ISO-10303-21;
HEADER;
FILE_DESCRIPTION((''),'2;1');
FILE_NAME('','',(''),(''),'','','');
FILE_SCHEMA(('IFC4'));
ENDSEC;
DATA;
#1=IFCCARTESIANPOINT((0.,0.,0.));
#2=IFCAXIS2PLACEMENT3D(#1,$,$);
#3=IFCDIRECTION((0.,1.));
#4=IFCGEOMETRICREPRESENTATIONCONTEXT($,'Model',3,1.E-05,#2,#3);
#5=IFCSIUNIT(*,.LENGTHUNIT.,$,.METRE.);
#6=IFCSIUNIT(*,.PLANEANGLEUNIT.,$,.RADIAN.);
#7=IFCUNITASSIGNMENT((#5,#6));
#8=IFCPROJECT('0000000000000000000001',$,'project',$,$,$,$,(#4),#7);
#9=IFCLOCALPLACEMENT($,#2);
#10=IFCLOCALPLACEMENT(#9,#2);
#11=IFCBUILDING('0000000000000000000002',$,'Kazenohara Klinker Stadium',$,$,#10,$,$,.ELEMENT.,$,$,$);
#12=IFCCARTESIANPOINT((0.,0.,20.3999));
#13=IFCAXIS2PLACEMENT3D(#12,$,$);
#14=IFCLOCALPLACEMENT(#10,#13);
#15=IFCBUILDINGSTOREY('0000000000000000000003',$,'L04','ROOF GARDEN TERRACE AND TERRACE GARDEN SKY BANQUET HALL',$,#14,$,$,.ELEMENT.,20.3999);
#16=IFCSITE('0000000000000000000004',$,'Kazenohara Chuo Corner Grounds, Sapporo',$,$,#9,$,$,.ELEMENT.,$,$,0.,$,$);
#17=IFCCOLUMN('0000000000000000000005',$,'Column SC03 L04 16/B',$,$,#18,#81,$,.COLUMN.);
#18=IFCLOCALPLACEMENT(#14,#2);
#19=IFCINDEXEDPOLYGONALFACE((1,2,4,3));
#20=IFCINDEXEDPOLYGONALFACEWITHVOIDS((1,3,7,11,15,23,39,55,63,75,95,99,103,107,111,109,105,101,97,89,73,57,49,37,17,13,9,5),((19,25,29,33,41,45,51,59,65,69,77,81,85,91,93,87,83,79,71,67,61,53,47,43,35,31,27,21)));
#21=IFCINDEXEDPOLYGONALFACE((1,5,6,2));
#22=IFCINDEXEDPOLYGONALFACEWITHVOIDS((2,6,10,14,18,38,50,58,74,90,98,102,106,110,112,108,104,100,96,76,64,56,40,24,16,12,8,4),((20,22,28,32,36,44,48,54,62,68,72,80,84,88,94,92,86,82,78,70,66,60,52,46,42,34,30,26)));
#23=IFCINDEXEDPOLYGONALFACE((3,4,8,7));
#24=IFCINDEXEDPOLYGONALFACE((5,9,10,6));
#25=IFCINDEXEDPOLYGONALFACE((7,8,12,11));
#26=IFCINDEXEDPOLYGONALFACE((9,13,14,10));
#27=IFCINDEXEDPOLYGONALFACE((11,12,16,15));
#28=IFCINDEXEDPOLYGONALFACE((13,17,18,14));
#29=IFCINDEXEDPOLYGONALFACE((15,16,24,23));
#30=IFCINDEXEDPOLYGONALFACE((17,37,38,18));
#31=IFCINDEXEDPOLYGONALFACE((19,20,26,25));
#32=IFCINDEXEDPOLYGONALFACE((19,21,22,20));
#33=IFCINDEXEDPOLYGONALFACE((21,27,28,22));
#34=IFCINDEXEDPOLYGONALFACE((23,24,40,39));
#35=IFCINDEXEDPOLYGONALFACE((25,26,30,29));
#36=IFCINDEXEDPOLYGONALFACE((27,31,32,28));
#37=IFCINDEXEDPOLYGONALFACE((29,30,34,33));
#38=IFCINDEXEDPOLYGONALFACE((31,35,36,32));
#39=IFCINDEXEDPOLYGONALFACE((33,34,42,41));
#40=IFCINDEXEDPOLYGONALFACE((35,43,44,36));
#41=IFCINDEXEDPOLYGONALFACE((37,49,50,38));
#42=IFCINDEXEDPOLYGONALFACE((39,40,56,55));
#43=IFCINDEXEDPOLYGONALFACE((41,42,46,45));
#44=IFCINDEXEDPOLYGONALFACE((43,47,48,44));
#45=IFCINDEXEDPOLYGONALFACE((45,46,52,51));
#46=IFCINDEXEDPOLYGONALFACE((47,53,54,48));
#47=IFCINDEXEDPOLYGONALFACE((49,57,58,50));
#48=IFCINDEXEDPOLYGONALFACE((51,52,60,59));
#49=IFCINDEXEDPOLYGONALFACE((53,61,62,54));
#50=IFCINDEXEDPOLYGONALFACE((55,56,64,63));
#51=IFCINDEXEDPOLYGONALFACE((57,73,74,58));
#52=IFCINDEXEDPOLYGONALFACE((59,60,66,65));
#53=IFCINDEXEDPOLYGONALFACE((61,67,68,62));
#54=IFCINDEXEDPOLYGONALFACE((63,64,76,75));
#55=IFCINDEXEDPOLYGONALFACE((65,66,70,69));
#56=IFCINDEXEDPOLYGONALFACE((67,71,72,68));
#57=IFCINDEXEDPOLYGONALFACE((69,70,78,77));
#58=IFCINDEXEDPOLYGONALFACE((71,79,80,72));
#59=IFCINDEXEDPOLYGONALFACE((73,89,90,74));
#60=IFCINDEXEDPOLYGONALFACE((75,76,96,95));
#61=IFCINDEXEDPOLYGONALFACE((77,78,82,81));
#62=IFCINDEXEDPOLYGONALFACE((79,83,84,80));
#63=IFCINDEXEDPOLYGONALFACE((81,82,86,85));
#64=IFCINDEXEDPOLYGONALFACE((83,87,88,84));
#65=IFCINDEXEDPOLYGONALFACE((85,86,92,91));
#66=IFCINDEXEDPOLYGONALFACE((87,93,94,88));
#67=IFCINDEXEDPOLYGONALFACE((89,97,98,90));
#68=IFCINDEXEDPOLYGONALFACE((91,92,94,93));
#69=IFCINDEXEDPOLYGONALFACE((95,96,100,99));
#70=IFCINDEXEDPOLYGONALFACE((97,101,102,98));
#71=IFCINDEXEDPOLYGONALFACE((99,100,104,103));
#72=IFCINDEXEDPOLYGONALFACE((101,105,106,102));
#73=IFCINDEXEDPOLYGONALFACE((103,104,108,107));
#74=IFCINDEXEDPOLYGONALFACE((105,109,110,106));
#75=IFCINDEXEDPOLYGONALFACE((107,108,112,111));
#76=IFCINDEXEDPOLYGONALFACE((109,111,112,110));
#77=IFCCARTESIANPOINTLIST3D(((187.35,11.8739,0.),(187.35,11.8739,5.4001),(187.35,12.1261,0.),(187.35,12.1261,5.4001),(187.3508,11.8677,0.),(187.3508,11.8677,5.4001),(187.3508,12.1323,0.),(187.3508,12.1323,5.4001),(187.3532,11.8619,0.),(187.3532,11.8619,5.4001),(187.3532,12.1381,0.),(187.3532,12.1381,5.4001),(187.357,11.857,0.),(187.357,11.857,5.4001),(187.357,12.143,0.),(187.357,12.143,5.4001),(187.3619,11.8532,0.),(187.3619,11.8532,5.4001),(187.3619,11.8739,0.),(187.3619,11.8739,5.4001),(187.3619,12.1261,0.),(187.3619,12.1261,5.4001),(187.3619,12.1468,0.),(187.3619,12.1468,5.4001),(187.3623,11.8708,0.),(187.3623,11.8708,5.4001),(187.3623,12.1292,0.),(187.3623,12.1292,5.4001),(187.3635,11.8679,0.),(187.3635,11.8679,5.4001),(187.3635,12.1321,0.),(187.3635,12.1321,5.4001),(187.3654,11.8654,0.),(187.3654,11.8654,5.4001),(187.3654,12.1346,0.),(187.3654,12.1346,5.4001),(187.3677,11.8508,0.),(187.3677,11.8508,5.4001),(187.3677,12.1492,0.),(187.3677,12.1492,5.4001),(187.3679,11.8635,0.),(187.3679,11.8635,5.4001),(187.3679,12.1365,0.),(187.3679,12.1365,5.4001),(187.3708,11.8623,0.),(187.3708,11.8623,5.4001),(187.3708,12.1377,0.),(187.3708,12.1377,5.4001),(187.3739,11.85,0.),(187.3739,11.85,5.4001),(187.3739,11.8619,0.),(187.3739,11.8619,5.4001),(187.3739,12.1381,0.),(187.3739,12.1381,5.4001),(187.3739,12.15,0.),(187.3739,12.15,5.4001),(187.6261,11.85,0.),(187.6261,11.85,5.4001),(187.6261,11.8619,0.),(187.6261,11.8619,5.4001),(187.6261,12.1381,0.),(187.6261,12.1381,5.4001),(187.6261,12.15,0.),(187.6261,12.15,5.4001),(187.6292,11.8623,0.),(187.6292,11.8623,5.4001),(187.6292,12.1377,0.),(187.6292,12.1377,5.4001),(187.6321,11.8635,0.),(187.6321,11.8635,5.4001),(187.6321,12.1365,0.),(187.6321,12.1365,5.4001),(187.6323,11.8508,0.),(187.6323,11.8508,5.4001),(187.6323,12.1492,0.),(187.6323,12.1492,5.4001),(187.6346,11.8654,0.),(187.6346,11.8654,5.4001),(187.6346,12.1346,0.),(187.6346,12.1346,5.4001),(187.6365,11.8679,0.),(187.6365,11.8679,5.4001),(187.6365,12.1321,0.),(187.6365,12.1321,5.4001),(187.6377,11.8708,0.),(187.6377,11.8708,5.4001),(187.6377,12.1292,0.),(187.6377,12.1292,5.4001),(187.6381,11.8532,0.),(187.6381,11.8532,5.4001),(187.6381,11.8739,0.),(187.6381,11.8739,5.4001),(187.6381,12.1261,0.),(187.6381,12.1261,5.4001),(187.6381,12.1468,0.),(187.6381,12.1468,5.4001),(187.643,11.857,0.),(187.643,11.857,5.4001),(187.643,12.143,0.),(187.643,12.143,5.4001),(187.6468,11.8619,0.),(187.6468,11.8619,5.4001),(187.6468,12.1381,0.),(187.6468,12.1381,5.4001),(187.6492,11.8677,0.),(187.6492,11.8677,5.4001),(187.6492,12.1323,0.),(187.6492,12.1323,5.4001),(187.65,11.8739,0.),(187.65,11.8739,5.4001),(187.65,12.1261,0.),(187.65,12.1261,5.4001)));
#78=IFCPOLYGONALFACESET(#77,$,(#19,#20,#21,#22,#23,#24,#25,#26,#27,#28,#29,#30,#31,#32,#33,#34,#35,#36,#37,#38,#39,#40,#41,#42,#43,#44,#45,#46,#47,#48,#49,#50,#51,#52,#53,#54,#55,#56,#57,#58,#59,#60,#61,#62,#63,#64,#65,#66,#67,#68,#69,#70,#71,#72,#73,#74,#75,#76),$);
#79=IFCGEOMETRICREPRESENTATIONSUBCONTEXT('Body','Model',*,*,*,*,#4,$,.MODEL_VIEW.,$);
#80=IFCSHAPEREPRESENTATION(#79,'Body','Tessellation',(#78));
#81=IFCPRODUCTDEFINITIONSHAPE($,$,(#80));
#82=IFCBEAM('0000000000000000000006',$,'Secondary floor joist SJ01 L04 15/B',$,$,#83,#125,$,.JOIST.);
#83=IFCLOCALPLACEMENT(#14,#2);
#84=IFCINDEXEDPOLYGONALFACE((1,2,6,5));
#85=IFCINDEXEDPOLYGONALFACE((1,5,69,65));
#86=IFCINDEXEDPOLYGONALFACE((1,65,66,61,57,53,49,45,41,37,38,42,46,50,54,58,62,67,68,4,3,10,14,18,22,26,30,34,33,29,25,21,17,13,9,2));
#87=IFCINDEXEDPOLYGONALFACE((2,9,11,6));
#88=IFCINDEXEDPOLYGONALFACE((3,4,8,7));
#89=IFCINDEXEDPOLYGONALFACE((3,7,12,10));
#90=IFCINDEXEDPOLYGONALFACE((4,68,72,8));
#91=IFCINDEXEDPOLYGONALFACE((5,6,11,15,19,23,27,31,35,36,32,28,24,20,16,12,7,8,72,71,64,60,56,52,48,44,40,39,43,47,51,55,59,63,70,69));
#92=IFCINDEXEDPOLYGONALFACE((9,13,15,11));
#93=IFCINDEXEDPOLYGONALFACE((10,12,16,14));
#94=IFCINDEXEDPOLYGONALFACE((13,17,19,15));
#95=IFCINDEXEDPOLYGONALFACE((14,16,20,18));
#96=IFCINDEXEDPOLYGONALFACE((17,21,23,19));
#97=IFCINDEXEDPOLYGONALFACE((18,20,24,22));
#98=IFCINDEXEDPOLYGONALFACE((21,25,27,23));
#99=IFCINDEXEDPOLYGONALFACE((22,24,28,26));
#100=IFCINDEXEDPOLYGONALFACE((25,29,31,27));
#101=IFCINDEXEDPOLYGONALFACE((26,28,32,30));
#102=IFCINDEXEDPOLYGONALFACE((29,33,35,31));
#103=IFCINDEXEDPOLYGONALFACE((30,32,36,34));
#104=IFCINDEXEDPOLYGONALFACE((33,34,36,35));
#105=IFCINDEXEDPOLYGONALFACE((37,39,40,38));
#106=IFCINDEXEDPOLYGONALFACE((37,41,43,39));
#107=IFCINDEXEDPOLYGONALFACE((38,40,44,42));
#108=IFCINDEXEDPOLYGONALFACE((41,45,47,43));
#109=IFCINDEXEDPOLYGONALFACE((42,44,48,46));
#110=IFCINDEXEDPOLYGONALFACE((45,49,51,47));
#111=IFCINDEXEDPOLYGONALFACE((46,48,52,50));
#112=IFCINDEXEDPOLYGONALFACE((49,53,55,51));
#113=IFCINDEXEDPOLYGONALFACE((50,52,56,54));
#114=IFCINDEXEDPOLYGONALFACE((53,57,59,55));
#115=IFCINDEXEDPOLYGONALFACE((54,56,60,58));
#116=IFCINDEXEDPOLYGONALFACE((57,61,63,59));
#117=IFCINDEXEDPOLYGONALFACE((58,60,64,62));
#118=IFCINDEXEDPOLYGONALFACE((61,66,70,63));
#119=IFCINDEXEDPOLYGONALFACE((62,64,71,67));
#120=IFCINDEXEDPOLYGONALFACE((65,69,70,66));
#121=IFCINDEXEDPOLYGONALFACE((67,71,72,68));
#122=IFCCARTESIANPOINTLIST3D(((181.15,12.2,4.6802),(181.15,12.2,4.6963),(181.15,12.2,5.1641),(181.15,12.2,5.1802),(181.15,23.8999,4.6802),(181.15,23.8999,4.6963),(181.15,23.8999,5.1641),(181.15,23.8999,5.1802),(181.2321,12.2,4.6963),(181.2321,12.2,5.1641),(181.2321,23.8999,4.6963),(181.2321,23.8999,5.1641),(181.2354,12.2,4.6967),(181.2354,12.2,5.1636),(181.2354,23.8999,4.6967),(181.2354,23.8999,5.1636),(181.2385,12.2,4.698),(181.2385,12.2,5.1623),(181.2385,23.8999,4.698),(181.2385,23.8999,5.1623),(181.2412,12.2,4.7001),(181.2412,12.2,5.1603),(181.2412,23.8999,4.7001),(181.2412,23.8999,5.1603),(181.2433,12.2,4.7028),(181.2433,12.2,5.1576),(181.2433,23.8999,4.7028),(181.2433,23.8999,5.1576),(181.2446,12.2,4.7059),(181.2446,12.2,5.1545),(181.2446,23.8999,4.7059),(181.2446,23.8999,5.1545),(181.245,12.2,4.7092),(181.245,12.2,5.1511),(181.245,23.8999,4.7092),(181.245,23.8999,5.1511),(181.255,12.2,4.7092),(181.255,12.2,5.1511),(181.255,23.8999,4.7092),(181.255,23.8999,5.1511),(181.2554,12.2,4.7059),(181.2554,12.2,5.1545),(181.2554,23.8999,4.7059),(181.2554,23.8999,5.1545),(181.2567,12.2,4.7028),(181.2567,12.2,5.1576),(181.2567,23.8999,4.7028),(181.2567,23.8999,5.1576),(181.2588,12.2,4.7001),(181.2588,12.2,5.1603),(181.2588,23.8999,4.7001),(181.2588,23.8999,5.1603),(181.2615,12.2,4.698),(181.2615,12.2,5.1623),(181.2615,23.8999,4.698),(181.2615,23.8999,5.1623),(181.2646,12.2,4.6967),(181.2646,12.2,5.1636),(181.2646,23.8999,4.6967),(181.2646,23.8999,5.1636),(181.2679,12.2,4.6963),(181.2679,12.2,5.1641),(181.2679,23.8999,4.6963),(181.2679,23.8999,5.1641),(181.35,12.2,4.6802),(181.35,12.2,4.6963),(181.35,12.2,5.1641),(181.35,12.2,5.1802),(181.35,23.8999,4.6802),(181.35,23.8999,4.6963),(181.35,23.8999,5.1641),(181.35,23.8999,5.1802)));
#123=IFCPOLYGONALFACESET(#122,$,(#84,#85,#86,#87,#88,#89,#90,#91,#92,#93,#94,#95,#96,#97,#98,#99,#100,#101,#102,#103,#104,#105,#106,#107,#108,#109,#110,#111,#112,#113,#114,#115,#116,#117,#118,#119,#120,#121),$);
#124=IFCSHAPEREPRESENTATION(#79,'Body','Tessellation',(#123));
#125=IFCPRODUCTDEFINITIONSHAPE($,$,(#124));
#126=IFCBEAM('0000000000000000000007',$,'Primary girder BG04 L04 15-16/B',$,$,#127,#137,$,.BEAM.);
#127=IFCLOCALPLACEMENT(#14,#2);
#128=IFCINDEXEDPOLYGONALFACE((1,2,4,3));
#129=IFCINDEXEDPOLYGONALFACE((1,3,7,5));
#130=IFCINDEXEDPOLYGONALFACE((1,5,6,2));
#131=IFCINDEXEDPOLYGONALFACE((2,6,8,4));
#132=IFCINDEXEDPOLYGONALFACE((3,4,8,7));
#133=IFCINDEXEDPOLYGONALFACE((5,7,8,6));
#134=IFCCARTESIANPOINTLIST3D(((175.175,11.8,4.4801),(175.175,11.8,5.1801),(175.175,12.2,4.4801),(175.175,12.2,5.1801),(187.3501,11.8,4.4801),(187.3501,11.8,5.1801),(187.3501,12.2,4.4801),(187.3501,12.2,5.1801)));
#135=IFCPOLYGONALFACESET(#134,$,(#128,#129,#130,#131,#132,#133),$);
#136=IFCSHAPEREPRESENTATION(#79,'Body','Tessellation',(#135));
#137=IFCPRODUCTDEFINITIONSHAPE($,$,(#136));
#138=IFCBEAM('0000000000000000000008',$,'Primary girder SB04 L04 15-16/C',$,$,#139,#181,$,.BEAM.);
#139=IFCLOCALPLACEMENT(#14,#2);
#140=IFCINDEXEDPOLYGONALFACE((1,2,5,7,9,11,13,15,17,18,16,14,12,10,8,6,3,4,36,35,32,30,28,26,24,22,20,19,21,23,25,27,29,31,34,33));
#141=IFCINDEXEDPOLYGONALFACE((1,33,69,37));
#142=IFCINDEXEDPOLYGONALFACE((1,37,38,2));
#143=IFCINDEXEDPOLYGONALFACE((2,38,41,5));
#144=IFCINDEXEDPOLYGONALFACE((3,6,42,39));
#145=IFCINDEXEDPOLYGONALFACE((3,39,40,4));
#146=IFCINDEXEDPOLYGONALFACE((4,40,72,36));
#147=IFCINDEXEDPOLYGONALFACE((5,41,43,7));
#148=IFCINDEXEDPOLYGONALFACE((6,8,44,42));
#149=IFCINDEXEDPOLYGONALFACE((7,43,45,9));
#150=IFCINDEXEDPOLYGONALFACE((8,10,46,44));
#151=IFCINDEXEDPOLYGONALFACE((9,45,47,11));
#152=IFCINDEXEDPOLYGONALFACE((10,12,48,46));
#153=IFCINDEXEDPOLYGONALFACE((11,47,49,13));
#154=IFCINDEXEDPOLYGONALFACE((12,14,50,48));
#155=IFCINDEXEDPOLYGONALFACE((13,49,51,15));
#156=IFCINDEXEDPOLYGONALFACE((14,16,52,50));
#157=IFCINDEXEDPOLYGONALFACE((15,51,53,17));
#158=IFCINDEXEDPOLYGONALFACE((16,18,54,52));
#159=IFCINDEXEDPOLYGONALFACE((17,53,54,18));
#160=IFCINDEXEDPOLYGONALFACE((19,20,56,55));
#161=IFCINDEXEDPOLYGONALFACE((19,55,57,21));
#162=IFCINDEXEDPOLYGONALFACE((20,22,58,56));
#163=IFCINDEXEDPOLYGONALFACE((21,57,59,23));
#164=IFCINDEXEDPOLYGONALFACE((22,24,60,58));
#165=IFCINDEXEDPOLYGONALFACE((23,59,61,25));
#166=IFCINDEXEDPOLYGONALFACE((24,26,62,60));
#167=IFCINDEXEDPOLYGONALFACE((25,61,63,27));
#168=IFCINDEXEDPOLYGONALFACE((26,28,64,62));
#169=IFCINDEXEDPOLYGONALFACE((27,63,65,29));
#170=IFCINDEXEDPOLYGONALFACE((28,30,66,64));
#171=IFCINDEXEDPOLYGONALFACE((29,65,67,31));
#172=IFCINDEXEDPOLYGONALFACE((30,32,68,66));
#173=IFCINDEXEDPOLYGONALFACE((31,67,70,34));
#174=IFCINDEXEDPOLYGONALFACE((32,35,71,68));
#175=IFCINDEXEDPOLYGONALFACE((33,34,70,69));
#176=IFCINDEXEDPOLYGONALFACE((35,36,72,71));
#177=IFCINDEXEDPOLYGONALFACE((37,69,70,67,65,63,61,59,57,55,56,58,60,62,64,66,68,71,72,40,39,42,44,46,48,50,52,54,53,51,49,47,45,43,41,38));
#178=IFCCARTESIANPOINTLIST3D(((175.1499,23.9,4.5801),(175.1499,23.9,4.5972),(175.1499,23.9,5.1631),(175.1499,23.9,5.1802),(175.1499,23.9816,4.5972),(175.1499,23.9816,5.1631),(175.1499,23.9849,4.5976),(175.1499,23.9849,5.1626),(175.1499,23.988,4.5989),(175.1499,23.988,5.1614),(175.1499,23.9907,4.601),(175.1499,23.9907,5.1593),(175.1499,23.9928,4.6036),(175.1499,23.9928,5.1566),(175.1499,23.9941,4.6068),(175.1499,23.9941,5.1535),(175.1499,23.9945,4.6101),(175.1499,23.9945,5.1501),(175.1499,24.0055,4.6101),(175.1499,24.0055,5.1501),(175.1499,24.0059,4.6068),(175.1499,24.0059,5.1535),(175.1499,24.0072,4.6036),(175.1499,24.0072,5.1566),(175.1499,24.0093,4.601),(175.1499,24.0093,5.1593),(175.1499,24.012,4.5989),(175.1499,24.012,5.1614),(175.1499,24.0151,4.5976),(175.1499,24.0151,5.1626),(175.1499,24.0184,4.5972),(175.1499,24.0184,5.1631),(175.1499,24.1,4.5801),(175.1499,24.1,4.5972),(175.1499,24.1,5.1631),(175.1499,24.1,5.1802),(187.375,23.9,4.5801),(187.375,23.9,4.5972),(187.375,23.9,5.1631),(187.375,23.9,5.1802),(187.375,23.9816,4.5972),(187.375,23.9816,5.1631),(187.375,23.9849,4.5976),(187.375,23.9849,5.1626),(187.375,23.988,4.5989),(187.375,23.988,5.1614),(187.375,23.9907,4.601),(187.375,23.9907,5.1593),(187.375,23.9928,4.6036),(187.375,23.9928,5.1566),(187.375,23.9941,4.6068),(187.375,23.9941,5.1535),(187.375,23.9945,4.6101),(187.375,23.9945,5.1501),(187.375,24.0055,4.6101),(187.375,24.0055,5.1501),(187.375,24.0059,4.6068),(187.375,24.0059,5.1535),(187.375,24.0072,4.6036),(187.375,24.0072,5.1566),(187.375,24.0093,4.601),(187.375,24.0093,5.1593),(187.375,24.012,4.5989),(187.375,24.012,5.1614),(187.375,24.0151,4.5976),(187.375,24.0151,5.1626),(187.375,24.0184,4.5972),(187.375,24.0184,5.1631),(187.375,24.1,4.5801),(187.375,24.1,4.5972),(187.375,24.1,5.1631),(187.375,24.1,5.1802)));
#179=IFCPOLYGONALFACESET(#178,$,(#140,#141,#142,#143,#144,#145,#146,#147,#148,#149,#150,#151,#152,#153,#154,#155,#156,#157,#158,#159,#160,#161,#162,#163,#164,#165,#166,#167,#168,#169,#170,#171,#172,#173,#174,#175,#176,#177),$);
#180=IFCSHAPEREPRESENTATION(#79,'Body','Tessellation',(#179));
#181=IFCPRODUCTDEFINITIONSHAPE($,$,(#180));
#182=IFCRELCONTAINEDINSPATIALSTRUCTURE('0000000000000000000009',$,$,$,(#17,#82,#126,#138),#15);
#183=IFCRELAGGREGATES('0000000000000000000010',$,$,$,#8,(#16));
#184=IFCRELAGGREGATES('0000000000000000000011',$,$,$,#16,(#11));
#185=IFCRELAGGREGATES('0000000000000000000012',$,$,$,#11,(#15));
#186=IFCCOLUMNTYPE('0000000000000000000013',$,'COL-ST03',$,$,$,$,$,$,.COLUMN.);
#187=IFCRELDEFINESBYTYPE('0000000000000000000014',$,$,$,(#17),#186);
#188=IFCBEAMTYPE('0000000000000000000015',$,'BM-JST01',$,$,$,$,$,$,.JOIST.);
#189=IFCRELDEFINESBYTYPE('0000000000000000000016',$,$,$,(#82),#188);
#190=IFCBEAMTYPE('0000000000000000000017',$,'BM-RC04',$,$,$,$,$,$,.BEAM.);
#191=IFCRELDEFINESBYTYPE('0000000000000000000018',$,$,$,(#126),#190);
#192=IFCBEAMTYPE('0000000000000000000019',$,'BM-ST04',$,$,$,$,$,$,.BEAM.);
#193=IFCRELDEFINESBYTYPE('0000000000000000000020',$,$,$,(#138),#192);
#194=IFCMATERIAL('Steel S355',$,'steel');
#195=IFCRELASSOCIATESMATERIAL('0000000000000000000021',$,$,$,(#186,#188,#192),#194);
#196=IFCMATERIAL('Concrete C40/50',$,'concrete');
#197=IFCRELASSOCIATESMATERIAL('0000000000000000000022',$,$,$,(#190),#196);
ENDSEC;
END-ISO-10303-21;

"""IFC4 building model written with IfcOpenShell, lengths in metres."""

from ifc_helpers import new_model, si_unit, direction, frame, origin, origin_2d, place, context, subcontext, project, spatial, rectangle, hollow_rectangle, i_section, extrude, material, material_profile, profile_set, type_object, element, save


model = new_model("IFC4")

# Units and contexts
model_context = context("Model", 3, precision=1e-05, world=origin(), true_north=direction((0.0, 1.0)))
body_context = subcontext(model_context, "Body", "Model", "MODEL_VIEW")
ifc_project = project(units=[si_unit("LENGTHUNIT", "METRE"), si_unit("PLANEANGLEUNIT", "RADIAN")], contexts=[model_context])

# Site, building, storey
site_placement = place(None, origin())
site = spatial("IfcSite", under=ifc_project, at=site_placement, Name="Kazenohara Chuo Corner Grounds, Sapporo", CompositionType="ELEMENT", RefElevation=0.0)
building_placement = place(site_placement, origin())
building = spatial("IfcBuilding", under=site, at=building_placement, Name="Kazenohara Klinker Stadium", CompositionType="ELEMENT")
storey_placement = place(building_placement, frame((0.0, 0.0, 20.3999)))
storey = spatial("IfcBuildingStorey", under=building, at=storey_placement, Name="L04", Description="ROOF GARDEN TERRACE AND TERRACE GARDEN SKY BANQUET HALL", CompositionType="ELEMENT", Elevation=20.3999)

# Column
ifc_material_1 = material(Name="Steel S355", Category="steel")
ifc_material_profile_1 = material_profile(ifc_material_1, hollow_rectangle(XDim=0.3, YDim=0.3, WallThickness=0.012, InnerFilletRadius=0.012, OuterFilletRadius=0.0239, at=origin_2d()), Name="SHS-300x300x12")
ifc_profile_set_1 = profile_set([ifc_material_profile_1], Name="Steel S355")
column_type = type_object("IfcColumnType", Name="COL-ST03", PredefinedType="COLUMN", material=ifc_profile_set_1)
column_placement = place(storey_placement, frame((187.5, 12.0, 0.0), z_axis=(0.0, 0.0, 1.0), x_axis=(1.0, 0.0, 0.0)))
element("IfcColumn", 1, at=column_placement, inside=storey, type_object=column_type, Name="Column SC03 L04 16/B", PredefinedType="COLUMN", context=body_context, shape_type="SweptSolid", body=[
    extrude(hollow_rectangle(XDim=0.3, YDim=0.3, WallThickness=0.012, InnerFilletRadius=0.012, OuterFilletRadius=0.0239, at=origin_2d()), origin(), (0.0, 0.0, 1.0), 5.4001),
])

# Beams
ifc_material_profile_2 = material_profile(ifc_material_1, i_section(OverallWidth=0.2, OverallDepth=0.5, WebThickness=0.01, FlangeThickness=0.0161, FilletRadius=0.0129, at=origin_2d()), Name="H-500x200x10x16")
ifc_profile_set_2 = profile_set([ifc_material_profile_2], Name="Steel S355")
beam_type_1 = type_object("IfcBeamType", Name="BM-JST01", PredefinedType="JOIST", material=ifc_profile_set_2)
beam_1_placement = place(storey_placement, frame((181.25, 12.2, 4.9302), z_axis=(0.0, 1.0, 0.0), x_axis=(-1.0, 0.0, 0.0)))
element("IfcBeam", 2, at=beam_1_placement, inside=storey, type_object=beam_type_1, Name="Secondary floor joist SJ01 L04 15/B", PredefinedType="JOIST", context=body_context, shape_type="SweptSolid", body=[
    extrude(i_section(OverallWidth=0.2, OverallDepth=0.5, WebThickness=0.01, FlangeThickness=0.0161, FilletRadius=0.0129, at=origin_2d()), origin(), (0.0, 0.0, 1.0), 11.7),
])
ifc_material_2 = material(Name="Concrete C40/50", Category="concrete")
ifc_material_profile_3 = material_profile(ifc_material_2, rectangle(XDim=0.3999, YDim=0.7, at=origin_2d()), Name="RC-BM-400x700")
ifc_profile_set_3 = profile_set([ifc_material_profile_3], Name="Concrete C40/50")
beam_type_2 = type_object("IfcBeamType", Name="BM-RC04", PredefinedType="BEAM", material=ifc_profile_set_3)
beam_2_placement = place(storey_placement, frame((175.175, 12.0, 4.8301), z_axis=(1.0, 0.0, 0.0), x_axis=(0.0, 1.0, 0.0)))
element("IfcBeam", 3, at=beam_2_placement, inside=storey, type_object=beam_type_2, Name="Primary girder BG04 L04 15-16/B", PredefinedType="BEAM", context=body_context, shape_type="SweptSolid", body=[
    extrude(rectangle(XDim=0.3999, YDim=0.7, at=origin_2d()), origin(), (0.0, 0.0, 1.0), 12.175),
])
ifc_material_profile_4 = material_profile(ifc_material_1, i_section(OverallWidth=0.2, OverallDepth=0.6001, WebThickness=0.011, FlangeThickness=0.0171, FilletRadius=0.0129, at=origin_2d()), Name="H-600x200x11x17")
ifc_profile_set_4 = profile_set([ifc_material_profile_4], Name="Steel S355")
beam_type_3 = type_object("IfcBeamType", Name="BM-ST04", PredefinedType="BEAM", material=ifc_profile_set_4)
beam_3_placement = place(storey_placement, frame((175.1499, 24.0, 4.8801), z_axis=(1.0, 0.0, 0.0), x_axis=(0.0, 1.0, 0.0)))
element("IfcBeam", 4, at=beam_3_placement, inside=storey, type_object=beam_type_3, Name="Primary girder SB04 L04 15-16/C", PredefinedType="BEAM", context=body_context, shape_type="SweptSolid", body=[
    extrude(i_section(OverallWidth=0.2, OverallDepth=0.6001, WebThickness=0.011, FlangeThickness=0.0171, FilletRadius=0.0129, at=origin_2d()), origin(), (0.0, 0.0, 1.0), 12.2251),
])

save(model, "model.ifc")
